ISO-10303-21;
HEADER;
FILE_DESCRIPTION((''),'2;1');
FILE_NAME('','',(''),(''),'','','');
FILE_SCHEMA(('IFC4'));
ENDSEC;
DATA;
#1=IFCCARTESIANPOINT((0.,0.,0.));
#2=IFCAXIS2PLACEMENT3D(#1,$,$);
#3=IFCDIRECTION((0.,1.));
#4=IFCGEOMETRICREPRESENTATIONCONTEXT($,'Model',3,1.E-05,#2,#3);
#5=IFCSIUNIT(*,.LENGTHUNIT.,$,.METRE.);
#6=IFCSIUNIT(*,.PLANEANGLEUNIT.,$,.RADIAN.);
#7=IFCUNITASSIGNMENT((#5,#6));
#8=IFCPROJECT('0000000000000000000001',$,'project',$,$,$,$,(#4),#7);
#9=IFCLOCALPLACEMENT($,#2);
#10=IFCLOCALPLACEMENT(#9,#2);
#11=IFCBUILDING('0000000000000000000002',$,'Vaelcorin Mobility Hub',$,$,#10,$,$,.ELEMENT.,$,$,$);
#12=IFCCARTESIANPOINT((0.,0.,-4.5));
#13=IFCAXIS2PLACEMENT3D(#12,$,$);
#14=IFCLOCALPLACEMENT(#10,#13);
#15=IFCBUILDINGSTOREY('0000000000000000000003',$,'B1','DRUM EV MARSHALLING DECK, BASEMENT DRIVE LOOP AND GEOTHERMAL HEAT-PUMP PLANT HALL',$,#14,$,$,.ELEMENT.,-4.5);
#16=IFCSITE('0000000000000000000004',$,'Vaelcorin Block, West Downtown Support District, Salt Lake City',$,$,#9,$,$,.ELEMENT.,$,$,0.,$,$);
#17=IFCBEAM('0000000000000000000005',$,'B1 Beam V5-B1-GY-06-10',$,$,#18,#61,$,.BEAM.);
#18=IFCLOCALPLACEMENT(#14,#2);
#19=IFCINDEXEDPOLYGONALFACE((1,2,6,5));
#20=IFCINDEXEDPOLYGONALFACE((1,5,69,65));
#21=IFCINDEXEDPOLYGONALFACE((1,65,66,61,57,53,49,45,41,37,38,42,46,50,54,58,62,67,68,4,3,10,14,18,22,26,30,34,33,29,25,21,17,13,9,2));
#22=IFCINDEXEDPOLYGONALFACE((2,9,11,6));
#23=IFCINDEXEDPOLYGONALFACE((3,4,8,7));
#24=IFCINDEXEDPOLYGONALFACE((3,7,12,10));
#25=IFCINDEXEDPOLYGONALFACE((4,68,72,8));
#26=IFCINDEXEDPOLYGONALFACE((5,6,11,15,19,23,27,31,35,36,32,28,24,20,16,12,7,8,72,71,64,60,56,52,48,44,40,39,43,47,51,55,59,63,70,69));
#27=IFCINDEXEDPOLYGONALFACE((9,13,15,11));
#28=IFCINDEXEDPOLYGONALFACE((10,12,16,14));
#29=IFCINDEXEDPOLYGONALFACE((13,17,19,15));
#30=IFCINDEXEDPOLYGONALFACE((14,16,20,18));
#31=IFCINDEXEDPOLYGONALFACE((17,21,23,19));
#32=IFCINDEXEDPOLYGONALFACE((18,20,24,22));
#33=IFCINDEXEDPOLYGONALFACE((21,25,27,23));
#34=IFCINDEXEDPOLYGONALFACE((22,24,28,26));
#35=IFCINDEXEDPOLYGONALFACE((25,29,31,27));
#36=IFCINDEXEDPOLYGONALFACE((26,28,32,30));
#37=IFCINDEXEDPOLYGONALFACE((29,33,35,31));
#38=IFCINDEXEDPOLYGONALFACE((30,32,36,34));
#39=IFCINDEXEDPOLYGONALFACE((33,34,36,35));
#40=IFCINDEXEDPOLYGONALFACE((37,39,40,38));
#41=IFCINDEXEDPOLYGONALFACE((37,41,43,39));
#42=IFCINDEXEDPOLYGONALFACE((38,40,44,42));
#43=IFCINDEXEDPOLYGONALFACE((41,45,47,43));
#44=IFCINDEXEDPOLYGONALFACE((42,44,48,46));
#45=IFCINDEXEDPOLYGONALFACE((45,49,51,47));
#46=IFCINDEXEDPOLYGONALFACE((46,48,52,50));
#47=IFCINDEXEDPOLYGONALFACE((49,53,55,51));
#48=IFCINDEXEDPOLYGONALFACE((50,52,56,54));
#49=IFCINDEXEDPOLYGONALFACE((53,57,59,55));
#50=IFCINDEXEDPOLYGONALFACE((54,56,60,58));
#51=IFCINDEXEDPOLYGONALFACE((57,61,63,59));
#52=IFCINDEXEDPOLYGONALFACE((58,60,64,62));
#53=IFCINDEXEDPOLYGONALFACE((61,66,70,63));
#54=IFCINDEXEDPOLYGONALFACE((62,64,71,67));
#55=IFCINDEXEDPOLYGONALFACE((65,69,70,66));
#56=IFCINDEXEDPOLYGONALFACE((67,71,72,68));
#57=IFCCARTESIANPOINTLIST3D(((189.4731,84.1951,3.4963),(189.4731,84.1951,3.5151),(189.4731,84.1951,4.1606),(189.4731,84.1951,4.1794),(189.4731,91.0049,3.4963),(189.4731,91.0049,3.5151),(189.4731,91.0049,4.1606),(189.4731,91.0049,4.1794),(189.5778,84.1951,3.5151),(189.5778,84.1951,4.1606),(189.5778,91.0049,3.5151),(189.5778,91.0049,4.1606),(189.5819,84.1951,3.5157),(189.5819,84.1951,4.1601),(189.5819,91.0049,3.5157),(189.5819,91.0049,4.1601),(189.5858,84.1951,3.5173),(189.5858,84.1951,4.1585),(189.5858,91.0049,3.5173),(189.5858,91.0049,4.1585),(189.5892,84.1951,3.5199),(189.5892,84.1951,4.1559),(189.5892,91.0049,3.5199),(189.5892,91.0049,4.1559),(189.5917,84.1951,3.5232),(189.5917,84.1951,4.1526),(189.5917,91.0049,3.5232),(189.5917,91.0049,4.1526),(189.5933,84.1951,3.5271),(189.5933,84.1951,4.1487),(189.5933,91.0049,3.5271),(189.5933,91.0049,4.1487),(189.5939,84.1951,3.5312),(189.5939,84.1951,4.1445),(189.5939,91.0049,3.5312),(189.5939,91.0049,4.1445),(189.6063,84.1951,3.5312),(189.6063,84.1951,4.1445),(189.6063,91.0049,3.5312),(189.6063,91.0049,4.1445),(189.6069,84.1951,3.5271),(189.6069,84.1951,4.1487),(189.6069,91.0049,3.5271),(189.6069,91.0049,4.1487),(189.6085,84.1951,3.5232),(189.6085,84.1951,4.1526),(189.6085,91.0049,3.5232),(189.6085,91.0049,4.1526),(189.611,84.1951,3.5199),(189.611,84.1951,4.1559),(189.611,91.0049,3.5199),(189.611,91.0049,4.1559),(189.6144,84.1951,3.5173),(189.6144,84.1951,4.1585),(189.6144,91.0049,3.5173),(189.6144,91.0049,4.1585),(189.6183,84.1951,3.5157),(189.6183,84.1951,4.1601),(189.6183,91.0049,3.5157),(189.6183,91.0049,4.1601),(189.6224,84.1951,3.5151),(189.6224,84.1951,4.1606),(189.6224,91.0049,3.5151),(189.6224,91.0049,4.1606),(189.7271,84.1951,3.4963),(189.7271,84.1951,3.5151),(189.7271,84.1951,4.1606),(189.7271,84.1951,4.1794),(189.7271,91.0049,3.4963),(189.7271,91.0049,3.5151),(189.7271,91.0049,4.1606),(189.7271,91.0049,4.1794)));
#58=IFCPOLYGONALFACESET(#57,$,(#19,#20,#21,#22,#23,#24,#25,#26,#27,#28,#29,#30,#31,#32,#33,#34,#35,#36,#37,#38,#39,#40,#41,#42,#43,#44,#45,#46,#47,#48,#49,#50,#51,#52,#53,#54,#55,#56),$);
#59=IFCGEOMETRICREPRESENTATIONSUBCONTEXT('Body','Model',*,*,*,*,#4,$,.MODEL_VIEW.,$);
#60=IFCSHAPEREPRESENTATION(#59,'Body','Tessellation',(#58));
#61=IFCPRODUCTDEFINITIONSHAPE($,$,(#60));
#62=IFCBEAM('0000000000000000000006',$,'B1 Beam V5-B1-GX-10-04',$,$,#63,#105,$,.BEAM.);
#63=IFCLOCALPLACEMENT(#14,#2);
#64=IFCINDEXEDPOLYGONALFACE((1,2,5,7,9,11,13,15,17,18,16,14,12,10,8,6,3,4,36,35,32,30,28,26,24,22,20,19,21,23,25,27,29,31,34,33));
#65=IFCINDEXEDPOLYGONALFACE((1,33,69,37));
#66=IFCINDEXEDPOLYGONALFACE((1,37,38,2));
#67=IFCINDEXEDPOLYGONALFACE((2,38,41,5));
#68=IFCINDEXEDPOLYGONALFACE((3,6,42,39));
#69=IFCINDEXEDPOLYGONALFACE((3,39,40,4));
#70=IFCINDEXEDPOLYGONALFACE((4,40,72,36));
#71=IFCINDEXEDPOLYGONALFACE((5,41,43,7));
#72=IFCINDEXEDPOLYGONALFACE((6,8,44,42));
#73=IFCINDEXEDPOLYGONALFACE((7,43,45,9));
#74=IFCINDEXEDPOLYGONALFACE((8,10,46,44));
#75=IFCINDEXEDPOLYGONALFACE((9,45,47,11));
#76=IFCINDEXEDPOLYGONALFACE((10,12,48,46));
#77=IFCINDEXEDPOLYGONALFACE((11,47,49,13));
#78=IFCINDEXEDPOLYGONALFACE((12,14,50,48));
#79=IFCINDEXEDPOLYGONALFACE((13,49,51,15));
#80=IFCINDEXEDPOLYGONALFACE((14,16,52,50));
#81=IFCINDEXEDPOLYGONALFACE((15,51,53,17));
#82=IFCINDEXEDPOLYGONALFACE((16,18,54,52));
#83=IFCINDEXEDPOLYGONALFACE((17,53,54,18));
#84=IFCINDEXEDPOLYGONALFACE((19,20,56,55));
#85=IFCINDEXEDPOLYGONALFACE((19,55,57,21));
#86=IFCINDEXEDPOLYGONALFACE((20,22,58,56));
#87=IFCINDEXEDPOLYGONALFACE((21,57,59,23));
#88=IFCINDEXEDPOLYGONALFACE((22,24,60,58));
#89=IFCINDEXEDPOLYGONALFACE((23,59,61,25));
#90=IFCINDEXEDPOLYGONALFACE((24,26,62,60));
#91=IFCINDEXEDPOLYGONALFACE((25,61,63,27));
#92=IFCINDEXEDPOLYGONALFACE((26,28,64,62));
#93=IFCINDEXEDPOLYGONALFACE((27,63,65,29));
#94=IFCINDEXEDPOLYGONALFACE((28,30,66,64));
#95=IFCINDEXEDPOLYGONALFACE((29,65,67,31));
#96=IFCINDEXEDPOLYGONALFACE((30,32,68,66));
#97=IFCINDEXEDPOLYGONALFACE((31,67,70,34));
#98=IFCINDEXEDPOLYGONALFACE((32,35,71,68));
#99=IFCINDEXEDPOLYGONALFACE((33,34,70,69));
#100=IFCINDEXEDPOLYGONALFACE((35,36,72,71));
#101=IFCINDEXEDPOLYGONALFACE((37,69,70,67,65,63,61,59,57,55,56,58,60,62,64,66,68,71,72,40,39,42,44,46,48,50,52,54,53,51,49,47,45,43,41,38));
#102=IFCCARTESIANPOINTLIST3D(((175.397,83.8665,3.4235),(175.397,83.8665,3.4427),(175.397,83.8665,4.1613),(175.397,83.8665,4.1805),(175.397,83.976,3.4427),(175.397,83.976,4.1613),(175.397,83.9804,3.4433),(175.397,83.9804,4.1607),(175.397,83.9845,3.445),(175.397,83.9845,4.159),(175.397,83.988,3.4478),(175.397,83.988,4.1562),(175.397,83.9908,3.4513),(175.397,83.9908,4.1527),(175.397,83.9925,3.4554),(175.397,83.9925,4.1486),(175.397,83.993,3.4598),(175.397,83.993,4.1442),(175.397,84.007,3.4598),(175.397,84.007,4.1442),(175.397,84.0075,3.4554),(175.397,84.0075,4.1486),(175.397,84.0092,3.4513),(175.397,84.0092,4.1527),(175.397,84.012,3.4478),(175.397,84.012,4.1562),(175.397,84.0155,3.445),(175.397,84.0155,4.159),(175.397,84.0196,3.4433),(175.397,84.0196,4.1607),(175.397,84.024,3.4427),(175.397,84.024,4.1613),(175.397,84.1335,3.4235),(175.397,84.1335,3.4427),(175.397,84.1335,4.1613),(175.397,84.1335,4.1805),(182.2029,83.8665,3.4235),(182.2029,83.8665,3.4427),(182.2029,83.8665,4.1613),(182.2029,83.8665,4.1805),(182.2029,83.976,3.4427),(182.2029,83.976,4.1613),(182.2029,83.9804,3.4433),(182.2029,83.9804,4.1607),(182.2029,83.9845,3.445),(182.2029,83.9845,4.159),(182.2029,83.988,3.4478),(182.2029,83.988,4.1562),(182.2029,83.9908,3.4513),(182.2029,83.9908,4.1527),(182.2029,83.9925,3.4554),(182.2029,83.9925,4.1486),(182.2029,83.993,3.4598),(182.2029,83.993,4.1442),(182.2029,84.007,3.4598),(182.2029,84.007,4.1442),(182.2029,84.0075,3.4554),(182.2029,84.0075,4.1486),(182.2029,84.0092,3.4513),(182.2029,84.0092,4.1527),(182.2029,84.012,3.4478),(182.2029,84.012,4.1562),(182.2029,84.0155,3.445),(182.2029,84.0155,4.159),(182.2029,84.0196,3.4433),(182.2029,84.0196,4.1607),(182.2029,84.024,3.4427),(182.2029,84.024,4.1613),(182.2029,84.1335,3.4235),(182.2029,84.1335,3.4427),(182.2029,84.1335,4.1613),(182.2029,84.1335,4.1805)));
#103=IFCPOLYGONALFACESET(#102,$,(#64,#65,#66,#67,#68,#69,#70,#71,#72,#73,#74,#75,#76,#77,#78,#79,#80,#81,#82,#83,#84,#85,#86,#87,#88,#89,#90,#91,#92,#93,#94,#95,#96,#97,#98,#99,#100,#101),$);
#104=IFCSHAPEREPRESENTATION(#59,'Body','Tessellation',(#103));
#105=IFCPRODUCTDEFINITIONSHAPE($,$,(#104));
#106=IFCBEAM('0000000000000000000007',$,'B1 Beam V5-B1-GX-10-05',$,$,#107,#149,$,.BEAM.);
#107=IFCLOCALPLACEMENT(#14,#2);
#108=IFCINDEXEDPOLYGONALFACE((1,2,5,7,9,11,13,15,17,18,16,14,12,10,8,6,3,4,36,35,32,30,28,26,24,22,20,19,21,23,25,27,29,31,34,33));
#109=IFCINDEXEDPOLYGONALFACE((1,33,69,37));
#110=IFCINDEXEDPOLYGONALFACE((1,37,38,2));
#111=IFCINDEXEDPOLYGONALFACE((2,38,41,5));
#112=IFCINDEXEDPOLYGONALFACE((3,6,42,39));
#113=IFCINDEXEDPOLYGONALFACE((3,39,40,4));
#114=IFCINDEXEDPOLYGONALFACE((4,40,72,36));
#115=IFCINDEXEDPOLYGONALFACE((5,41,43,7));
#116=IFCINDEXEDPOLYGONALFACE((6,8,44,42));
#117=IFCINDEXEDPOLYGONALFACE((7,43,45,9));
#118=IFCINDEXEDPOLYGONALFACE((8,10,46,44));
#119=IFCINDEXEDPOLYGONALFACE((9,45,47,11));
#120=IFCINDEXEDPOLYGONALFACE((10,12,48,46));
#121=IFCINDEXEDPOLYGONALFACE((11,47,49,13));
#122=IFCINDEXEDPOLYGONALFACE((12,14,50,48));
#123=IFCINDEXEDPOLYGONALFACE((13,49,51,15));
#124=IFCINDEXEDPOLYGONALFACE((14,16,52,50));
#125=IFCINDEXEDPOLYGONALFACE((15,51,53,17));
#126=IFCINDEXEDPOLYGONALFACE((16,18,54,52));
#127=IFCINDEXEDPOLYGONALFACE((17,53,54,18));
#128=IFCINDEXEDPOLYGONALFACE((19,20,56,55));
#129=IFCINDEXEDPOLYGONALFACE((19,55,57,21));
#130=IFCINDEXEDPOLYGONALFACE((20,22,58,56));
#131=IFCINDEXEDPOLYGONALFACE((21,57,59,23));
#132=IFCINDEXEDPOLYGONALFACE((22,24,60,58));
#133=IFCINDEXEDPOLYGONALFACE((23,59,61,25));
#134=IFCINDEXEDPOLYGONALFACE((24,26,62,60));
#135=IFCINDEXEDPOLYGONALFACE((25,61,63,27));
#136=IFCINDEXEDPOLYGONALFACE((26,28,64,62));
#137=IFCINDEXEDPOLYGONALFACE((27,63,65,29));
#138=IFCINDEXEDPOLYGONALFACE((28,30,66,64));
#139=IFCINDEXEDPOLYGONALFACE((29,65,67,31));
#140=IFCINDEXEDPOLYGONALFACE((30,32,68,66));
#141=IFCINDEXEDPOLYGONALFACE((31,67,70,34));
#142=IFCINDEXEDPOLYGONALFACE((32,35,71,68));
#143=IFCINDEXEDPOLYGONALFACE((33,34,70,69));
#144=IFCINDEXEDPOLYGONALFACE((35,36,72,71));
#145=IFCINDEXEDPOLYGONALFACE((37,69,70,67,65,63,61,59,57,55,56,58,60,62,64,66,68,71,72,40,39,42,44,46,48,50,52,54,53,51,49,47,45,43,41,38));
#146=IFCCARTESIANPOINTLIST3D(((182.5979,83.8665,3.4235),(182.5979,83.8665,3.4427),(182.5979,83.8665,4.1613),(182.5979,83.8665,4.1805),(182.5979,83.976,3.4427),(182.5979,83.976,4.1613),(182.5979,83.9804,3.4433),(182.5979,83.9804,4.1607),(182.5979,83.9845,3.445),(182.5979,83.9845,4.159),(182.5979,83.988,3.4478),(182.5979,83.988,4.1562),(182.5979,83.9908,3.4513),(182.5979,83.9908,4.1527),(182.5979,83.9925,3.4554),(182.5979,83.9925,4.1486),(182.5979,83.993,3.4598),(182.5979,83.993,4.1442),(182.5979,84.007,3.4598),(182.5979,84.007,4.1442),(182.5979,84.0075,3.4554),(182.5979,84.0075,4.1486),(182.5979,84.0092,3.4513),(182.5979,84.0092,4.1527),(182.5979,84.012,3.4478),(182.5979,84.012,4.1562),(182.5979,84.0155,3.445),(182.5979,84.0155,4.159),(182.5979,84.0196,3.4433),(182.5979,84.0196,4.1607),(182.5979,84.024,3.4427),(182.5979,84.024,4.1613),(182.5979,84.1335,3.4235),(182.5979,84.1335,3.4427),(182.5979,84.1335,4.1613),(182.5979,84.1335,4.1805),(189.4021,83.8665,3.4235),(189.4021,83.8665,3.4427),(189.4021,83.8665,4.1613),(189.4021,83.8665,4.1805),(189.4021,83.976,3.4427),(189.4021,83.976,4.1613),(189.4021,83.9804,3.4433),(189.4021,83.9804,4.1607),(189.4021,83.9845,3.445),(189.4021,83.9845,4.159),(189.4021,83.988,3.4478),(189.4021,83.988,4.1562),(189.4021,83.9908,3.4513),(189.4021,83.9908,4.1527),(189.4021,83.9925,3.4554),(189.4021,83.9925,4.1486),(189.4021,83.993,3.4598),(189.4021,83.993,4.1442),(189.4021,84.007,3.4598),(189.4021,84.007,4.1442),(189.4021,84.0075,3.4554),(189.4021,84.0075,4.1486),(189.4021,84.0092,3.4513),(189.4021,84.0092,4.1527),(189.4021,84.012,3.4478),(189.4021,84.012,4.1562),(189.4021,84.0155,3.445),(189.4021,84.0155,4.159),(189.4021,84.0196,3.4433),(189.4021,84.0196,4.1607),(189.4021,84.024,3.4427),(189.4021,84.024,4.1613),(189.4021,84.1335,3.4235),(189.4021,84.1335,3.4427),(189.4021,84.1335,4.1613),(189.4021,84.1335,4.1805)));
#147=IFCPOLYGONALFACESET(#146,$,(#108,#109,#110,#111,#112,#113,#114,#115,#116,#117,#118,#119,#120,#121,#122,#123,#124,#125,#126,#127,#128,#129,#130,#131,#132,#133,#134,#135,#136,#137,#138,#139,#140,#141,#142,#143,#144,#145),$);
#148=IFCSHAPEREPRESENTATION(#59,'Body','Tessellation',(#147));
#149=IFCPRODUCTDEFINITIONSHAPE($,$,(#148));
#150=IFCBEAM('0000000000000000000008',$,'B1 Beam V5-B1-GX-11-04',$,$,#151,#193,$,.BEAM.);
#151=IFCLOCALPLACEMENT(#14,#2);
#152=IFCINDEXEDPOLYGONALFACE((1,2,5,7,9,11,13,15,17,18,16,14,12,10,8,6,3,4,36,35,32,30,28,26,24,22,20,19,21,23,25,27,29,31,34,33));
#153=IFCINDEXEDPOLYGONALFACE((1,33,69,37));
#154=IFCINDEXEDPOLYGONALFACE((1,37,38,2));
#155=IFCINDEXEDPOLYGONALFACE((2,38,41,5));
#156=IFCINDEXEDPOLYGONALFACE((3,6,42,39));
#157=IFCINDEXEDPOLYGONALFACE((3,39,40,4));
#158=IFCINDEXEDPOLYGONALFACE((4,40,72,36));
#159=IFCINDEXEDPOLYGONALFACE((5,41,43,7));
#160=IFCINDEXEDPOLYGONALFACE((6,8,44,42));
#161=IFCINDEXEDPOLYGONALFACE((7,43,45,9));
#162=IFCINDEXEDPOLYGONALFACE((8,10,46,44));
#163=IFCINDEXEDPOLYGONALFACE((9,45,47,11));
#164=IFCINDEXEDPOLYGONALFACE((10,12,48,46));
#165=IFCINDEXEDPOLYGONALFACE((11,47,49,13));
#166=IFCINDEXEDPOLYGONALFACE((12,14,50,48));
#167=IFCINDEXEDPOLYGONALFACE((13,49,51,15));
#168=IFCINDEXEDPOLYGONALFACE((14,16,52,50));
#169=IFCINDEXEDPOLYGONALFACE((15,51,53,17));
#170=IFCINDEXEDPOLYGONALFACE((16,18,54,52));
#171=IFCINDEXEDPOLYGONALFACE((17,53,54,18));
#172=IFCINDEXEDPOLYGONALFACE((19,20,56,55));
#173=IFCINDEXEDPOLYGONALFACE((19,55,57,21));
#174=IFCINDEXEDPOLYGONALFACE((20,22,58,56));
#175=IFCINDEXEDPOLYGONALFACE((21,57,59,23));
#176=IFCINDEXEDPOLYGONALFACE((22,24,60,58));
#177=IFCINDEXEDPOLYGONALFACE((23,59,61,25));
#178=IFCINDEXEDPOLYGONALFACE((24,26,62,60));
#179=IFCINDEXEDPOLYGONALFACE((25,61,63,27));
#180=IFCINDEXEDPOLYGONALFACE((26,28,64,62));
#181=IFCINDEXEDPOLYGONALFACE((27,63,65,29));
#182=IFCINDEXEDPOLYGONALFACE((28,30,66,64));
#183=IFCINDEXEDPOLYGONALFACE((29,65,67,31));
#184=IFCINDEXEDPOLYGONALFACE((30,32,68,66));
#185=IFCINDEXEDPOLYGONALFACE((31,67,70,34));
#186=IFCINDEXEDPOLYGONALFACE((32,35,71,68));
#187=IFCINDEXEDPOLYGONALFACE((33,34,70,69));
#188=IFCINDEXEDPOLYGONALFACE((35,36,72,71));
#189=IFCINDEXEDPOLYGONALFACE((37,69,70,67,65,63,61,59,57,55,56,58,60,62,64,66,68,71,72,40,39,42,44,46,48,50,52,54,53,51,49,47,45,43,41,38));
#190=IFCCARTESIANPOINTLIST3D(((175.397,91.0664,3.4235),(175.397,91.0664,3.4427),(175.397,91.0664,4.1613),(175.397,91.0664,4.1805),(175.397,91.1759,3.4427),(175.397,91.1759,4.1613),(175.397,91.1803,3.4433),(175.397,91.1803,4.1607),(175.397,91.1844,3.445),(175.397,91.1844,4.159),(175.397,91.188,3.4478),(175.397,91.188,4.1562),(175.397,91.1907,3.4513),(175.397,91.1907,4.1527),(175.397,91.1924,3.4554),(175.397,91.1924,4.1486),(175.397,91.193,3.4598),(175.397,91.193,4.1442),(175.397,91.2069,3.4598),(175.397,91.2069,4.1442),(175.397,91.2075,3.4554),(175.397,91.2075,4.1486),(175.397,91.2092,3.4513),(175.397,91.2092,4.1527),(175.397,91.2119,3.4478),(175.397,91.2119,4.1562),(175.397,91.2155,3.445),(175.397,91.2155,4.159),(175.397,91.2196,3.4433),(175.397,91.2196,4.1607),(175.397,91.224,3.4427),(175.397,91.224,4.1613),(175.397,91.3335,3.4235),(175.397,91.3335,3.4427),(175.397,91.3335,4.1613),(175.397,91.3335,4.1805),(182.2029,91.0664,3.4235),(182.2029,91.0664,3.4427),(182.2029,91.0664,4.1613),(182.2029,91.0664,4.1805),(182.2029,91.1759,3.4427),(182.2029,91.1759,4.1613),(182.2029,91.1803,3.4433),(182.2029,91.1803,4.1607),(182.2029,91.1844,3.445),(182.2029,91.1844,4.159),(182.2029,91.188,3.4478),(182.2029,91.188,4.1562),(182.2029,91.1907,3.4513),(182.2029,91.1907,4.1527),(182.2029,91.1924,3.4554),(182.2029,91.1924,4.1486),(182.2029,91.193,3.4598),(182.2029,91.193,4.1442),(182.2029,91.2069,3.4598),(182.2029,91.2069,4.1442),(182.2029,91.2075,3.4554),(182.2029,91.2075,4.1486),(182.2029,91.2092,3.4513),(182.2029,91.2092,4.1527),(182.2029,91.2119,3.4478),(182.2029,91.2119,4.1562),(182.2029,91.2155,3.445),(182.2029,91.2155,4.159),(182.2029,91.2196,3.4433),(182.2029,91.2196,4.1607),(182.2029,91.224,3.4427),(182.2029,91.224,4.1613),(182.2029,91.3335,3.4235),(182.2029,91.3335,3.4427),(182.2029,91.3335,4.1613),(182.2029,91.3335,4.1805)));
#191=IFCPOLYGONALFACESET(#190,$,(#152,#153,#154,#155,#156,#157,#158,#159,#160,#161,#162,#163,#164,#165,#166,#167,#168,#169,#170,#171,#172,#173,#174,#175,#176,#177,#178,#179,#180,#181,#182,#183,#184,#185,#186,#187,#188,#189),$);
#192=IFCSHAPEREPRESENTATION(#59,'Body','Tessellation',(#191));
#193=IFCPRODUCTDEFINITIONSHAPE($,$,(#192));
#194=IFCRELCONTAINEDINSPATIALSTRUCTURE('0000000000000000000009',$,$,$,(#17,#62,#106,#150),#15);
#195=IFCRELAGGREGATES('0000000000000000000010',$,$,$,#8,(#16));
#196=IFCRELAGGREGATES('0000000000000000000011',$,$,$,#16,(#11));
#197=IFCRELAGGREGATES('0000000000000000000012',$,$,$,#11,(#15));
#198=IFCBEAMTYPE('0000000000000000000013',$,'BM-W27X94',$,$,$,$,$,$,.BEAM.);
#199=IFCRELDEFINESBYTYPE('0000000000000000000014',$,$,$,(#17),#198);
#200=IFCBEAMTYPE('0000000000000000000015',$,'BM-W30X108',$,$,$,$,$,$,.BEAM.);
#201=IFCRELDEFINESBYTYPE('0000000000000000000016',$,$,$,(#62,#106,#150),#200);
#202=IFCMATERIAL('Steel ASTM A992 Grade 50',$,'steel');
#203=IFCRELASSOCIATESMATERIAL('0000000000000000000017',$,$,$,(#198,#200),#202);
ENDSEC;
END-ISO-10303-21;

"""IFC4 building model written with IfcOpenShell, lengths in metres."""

from ifc_helpers import new_model, si_unit, direction, frame, origin, origin_2d, place, context, subcontext, project, spatial, i_section, extrude, material, material_profile, profile_set, type_object, element, save


model = new_model("IFC4")

# Units and contexts
model_context = context("Model", 3, precision=1e-05, world=origin(), true_north=direction((0.0, 1.0)))
body_context = subcontext(model_context, "Body", "Model", "MODEL_VIEW")
ifc_project = project(units=[si_unit("LENGTHUNIT", "METRE"), si_unit("PLANEANGLEUNIT", "RADIAN")], contexts=[model_context])

# Site, building, storey
site_placement = place(None, origin())
site = spatial("IfcSite", under=ifc_project, at=site_placement, Name="Vaelcorin Block, West Downtown Support District, Salt Lake City", CompositionType="ELEMENT", RefElevation=0.0)
building_placement = place(site_placement, origin())
building = spatial("IfcBuilding", under=site, at=building_placement, Name="Vaelcorin Mobility Hub", CompositionType="ELEMENT")
storey_placement = place(building_placement, frame((0.0, 0.0, -4.5)))
storey = spatial("IfcBuildingStorey", under=building, at=storey_placement, Name="B1", Description="DRUM EV MARSHALLING DECK, BASEMENT DRIVE LOOP AND GEOTHERMAL HEAT-PUMP PLANT HALL", CompositionType="ELEMENT", Elevation=-4.5)

# Shared definitions
ifc_material_1 = material(Name="Steel ASTM A992 Grade 50", Category="steel")

# Beams
ifc_material_profile_1 = material_profile(ifc_material_1, i_section(OverallWidth=0.2539, OverallDepth=0.6831, WebThickness=0.0125, FlangeThickness=0.0188, FilletRadius=0.0161, at=origin_2d()), Name="W27X94")
ifc_profile_set_1 = profile_set([ifc_material_profile_1], Name="Steel ASTM A992 Grade 50")
beam_type_1 = type_object("IfcBeamType", Name="BM-W27X94", PredefinedType="BEAM", material=ifc_profile_set_1)
for number, where, z_axis, x_axis, name in (
    (1, (189.6001, 84.1951, 3.8379), (0.0, 1.0, 0.0), (-1.0, 0.0, 0.0), "B1 Beam V5-B1-GY-06-10"),
):
    element("IfcBeam", number, at=place(storey_placement, frame(where, z_axis=z_axis, x_axis=x_axis)), inside=storey, type_object=beam_type_1, Name=name, PredefinedType="BEAM", context=body_context, shape_type="SweptSolid", body=[
        extrude(i_section(OverallWidth=0.2539, OverallDepth=0.6831, WebThickness=0.0125, FlangeThickness=0.0188, FilletRadius=0.0161, at=origin_2d()), origin(), (0.0, 0.0, 1.0), 6.8098),
    ])
ifc_material_profile_2 = material_profile(ifc_material_1, i_section(OverallWidth=0.2671, OverallDepth=0.7571, WebThickness=0.0139, FlangeThickness=0.0193, FilletRadius=0.0171, at=origin_2d()), Name="W30X108")
ifc_profile_set_2 = profile_set([ifc_material_profile_2], Name="Steel ASTM A992 Grade 50")
beam_type_2 = type_object("IfcBeamType", Name="BM-W30X108", PredefinedType="BEAM", material=ifc_profile_set_2)
beam_1_placement = place(storey_placement, frame((175.397, 84.0, 3.802), z_axis=(1.0, 0.0, 0.0), x_axis=(0.0, 1.0, 0.0)))
element("IfcBeam", 2, at=beam_1_placement, inside=storey, type_object=beam_type_2, Name="B1 Beam V5-B1-GX-10-04", PredefinedType="BEAM", context=body_context, shape_type="SweptSolid", body=[
    extrude(i_section(OverallWidth=0.2671, OverallDepth=0.7571, WebThickness=0.0139, FlangeThickness=0.0193, FilletRadius=0.0171, at=origin_2d()), origin(), (0.0, 0.0, 1.0), 6.8059),
])
beam_2_placement = place(storey_placement, frame((182.5979, 84.0, 3.802), z_axis=(1.0, 0.0, 0.0), x_axis=(0.0, 1.0, 0.0)))
element("IfcBeam", 3, at=beam_2_placement, inside=storey, type_object=beam_type_2, Name="B1 Beam V5-B1-GX-10-05", PredefinedType="BEAM", context=body_context, shape_type="SweptSolid", body=[
    extrude(i_section(OverallWidth=0.2671, OverallDepth=0.7571, WebThickness=0.0139, FlangeThickness=0.0193, FilletRadius=0.0171, at=origin_2d()), origin(), (0.0, 0.0, 1.0), 6.8042),
])
beam_3_placement = place(storey_placement, frame((175.397, 91.2, 3.802), z_axis=(1.0, 0.0, 0.0), x_axis=(0.0, 1.0, 0.0)))
element("IfcBeam", 4, at=beam_3_placement, inside=storey, type_object=beam_type_2, Name="B1 Beam V5-B1-GX-11-04", PredefinedType="BEAM", context=body_context, shape_type="SweptSolid", body=[
    extrude(i_section(OverallWidth=0.2671, OverallDepth=0.7571, WebThickness=0.0139, FlangeThickness=0.0193, FilletRadius=0.0171, at=origin_2d()), origin(), (0.0, 0.0, 1.0), 6.8059),
])

save(model, "model.ifc")
